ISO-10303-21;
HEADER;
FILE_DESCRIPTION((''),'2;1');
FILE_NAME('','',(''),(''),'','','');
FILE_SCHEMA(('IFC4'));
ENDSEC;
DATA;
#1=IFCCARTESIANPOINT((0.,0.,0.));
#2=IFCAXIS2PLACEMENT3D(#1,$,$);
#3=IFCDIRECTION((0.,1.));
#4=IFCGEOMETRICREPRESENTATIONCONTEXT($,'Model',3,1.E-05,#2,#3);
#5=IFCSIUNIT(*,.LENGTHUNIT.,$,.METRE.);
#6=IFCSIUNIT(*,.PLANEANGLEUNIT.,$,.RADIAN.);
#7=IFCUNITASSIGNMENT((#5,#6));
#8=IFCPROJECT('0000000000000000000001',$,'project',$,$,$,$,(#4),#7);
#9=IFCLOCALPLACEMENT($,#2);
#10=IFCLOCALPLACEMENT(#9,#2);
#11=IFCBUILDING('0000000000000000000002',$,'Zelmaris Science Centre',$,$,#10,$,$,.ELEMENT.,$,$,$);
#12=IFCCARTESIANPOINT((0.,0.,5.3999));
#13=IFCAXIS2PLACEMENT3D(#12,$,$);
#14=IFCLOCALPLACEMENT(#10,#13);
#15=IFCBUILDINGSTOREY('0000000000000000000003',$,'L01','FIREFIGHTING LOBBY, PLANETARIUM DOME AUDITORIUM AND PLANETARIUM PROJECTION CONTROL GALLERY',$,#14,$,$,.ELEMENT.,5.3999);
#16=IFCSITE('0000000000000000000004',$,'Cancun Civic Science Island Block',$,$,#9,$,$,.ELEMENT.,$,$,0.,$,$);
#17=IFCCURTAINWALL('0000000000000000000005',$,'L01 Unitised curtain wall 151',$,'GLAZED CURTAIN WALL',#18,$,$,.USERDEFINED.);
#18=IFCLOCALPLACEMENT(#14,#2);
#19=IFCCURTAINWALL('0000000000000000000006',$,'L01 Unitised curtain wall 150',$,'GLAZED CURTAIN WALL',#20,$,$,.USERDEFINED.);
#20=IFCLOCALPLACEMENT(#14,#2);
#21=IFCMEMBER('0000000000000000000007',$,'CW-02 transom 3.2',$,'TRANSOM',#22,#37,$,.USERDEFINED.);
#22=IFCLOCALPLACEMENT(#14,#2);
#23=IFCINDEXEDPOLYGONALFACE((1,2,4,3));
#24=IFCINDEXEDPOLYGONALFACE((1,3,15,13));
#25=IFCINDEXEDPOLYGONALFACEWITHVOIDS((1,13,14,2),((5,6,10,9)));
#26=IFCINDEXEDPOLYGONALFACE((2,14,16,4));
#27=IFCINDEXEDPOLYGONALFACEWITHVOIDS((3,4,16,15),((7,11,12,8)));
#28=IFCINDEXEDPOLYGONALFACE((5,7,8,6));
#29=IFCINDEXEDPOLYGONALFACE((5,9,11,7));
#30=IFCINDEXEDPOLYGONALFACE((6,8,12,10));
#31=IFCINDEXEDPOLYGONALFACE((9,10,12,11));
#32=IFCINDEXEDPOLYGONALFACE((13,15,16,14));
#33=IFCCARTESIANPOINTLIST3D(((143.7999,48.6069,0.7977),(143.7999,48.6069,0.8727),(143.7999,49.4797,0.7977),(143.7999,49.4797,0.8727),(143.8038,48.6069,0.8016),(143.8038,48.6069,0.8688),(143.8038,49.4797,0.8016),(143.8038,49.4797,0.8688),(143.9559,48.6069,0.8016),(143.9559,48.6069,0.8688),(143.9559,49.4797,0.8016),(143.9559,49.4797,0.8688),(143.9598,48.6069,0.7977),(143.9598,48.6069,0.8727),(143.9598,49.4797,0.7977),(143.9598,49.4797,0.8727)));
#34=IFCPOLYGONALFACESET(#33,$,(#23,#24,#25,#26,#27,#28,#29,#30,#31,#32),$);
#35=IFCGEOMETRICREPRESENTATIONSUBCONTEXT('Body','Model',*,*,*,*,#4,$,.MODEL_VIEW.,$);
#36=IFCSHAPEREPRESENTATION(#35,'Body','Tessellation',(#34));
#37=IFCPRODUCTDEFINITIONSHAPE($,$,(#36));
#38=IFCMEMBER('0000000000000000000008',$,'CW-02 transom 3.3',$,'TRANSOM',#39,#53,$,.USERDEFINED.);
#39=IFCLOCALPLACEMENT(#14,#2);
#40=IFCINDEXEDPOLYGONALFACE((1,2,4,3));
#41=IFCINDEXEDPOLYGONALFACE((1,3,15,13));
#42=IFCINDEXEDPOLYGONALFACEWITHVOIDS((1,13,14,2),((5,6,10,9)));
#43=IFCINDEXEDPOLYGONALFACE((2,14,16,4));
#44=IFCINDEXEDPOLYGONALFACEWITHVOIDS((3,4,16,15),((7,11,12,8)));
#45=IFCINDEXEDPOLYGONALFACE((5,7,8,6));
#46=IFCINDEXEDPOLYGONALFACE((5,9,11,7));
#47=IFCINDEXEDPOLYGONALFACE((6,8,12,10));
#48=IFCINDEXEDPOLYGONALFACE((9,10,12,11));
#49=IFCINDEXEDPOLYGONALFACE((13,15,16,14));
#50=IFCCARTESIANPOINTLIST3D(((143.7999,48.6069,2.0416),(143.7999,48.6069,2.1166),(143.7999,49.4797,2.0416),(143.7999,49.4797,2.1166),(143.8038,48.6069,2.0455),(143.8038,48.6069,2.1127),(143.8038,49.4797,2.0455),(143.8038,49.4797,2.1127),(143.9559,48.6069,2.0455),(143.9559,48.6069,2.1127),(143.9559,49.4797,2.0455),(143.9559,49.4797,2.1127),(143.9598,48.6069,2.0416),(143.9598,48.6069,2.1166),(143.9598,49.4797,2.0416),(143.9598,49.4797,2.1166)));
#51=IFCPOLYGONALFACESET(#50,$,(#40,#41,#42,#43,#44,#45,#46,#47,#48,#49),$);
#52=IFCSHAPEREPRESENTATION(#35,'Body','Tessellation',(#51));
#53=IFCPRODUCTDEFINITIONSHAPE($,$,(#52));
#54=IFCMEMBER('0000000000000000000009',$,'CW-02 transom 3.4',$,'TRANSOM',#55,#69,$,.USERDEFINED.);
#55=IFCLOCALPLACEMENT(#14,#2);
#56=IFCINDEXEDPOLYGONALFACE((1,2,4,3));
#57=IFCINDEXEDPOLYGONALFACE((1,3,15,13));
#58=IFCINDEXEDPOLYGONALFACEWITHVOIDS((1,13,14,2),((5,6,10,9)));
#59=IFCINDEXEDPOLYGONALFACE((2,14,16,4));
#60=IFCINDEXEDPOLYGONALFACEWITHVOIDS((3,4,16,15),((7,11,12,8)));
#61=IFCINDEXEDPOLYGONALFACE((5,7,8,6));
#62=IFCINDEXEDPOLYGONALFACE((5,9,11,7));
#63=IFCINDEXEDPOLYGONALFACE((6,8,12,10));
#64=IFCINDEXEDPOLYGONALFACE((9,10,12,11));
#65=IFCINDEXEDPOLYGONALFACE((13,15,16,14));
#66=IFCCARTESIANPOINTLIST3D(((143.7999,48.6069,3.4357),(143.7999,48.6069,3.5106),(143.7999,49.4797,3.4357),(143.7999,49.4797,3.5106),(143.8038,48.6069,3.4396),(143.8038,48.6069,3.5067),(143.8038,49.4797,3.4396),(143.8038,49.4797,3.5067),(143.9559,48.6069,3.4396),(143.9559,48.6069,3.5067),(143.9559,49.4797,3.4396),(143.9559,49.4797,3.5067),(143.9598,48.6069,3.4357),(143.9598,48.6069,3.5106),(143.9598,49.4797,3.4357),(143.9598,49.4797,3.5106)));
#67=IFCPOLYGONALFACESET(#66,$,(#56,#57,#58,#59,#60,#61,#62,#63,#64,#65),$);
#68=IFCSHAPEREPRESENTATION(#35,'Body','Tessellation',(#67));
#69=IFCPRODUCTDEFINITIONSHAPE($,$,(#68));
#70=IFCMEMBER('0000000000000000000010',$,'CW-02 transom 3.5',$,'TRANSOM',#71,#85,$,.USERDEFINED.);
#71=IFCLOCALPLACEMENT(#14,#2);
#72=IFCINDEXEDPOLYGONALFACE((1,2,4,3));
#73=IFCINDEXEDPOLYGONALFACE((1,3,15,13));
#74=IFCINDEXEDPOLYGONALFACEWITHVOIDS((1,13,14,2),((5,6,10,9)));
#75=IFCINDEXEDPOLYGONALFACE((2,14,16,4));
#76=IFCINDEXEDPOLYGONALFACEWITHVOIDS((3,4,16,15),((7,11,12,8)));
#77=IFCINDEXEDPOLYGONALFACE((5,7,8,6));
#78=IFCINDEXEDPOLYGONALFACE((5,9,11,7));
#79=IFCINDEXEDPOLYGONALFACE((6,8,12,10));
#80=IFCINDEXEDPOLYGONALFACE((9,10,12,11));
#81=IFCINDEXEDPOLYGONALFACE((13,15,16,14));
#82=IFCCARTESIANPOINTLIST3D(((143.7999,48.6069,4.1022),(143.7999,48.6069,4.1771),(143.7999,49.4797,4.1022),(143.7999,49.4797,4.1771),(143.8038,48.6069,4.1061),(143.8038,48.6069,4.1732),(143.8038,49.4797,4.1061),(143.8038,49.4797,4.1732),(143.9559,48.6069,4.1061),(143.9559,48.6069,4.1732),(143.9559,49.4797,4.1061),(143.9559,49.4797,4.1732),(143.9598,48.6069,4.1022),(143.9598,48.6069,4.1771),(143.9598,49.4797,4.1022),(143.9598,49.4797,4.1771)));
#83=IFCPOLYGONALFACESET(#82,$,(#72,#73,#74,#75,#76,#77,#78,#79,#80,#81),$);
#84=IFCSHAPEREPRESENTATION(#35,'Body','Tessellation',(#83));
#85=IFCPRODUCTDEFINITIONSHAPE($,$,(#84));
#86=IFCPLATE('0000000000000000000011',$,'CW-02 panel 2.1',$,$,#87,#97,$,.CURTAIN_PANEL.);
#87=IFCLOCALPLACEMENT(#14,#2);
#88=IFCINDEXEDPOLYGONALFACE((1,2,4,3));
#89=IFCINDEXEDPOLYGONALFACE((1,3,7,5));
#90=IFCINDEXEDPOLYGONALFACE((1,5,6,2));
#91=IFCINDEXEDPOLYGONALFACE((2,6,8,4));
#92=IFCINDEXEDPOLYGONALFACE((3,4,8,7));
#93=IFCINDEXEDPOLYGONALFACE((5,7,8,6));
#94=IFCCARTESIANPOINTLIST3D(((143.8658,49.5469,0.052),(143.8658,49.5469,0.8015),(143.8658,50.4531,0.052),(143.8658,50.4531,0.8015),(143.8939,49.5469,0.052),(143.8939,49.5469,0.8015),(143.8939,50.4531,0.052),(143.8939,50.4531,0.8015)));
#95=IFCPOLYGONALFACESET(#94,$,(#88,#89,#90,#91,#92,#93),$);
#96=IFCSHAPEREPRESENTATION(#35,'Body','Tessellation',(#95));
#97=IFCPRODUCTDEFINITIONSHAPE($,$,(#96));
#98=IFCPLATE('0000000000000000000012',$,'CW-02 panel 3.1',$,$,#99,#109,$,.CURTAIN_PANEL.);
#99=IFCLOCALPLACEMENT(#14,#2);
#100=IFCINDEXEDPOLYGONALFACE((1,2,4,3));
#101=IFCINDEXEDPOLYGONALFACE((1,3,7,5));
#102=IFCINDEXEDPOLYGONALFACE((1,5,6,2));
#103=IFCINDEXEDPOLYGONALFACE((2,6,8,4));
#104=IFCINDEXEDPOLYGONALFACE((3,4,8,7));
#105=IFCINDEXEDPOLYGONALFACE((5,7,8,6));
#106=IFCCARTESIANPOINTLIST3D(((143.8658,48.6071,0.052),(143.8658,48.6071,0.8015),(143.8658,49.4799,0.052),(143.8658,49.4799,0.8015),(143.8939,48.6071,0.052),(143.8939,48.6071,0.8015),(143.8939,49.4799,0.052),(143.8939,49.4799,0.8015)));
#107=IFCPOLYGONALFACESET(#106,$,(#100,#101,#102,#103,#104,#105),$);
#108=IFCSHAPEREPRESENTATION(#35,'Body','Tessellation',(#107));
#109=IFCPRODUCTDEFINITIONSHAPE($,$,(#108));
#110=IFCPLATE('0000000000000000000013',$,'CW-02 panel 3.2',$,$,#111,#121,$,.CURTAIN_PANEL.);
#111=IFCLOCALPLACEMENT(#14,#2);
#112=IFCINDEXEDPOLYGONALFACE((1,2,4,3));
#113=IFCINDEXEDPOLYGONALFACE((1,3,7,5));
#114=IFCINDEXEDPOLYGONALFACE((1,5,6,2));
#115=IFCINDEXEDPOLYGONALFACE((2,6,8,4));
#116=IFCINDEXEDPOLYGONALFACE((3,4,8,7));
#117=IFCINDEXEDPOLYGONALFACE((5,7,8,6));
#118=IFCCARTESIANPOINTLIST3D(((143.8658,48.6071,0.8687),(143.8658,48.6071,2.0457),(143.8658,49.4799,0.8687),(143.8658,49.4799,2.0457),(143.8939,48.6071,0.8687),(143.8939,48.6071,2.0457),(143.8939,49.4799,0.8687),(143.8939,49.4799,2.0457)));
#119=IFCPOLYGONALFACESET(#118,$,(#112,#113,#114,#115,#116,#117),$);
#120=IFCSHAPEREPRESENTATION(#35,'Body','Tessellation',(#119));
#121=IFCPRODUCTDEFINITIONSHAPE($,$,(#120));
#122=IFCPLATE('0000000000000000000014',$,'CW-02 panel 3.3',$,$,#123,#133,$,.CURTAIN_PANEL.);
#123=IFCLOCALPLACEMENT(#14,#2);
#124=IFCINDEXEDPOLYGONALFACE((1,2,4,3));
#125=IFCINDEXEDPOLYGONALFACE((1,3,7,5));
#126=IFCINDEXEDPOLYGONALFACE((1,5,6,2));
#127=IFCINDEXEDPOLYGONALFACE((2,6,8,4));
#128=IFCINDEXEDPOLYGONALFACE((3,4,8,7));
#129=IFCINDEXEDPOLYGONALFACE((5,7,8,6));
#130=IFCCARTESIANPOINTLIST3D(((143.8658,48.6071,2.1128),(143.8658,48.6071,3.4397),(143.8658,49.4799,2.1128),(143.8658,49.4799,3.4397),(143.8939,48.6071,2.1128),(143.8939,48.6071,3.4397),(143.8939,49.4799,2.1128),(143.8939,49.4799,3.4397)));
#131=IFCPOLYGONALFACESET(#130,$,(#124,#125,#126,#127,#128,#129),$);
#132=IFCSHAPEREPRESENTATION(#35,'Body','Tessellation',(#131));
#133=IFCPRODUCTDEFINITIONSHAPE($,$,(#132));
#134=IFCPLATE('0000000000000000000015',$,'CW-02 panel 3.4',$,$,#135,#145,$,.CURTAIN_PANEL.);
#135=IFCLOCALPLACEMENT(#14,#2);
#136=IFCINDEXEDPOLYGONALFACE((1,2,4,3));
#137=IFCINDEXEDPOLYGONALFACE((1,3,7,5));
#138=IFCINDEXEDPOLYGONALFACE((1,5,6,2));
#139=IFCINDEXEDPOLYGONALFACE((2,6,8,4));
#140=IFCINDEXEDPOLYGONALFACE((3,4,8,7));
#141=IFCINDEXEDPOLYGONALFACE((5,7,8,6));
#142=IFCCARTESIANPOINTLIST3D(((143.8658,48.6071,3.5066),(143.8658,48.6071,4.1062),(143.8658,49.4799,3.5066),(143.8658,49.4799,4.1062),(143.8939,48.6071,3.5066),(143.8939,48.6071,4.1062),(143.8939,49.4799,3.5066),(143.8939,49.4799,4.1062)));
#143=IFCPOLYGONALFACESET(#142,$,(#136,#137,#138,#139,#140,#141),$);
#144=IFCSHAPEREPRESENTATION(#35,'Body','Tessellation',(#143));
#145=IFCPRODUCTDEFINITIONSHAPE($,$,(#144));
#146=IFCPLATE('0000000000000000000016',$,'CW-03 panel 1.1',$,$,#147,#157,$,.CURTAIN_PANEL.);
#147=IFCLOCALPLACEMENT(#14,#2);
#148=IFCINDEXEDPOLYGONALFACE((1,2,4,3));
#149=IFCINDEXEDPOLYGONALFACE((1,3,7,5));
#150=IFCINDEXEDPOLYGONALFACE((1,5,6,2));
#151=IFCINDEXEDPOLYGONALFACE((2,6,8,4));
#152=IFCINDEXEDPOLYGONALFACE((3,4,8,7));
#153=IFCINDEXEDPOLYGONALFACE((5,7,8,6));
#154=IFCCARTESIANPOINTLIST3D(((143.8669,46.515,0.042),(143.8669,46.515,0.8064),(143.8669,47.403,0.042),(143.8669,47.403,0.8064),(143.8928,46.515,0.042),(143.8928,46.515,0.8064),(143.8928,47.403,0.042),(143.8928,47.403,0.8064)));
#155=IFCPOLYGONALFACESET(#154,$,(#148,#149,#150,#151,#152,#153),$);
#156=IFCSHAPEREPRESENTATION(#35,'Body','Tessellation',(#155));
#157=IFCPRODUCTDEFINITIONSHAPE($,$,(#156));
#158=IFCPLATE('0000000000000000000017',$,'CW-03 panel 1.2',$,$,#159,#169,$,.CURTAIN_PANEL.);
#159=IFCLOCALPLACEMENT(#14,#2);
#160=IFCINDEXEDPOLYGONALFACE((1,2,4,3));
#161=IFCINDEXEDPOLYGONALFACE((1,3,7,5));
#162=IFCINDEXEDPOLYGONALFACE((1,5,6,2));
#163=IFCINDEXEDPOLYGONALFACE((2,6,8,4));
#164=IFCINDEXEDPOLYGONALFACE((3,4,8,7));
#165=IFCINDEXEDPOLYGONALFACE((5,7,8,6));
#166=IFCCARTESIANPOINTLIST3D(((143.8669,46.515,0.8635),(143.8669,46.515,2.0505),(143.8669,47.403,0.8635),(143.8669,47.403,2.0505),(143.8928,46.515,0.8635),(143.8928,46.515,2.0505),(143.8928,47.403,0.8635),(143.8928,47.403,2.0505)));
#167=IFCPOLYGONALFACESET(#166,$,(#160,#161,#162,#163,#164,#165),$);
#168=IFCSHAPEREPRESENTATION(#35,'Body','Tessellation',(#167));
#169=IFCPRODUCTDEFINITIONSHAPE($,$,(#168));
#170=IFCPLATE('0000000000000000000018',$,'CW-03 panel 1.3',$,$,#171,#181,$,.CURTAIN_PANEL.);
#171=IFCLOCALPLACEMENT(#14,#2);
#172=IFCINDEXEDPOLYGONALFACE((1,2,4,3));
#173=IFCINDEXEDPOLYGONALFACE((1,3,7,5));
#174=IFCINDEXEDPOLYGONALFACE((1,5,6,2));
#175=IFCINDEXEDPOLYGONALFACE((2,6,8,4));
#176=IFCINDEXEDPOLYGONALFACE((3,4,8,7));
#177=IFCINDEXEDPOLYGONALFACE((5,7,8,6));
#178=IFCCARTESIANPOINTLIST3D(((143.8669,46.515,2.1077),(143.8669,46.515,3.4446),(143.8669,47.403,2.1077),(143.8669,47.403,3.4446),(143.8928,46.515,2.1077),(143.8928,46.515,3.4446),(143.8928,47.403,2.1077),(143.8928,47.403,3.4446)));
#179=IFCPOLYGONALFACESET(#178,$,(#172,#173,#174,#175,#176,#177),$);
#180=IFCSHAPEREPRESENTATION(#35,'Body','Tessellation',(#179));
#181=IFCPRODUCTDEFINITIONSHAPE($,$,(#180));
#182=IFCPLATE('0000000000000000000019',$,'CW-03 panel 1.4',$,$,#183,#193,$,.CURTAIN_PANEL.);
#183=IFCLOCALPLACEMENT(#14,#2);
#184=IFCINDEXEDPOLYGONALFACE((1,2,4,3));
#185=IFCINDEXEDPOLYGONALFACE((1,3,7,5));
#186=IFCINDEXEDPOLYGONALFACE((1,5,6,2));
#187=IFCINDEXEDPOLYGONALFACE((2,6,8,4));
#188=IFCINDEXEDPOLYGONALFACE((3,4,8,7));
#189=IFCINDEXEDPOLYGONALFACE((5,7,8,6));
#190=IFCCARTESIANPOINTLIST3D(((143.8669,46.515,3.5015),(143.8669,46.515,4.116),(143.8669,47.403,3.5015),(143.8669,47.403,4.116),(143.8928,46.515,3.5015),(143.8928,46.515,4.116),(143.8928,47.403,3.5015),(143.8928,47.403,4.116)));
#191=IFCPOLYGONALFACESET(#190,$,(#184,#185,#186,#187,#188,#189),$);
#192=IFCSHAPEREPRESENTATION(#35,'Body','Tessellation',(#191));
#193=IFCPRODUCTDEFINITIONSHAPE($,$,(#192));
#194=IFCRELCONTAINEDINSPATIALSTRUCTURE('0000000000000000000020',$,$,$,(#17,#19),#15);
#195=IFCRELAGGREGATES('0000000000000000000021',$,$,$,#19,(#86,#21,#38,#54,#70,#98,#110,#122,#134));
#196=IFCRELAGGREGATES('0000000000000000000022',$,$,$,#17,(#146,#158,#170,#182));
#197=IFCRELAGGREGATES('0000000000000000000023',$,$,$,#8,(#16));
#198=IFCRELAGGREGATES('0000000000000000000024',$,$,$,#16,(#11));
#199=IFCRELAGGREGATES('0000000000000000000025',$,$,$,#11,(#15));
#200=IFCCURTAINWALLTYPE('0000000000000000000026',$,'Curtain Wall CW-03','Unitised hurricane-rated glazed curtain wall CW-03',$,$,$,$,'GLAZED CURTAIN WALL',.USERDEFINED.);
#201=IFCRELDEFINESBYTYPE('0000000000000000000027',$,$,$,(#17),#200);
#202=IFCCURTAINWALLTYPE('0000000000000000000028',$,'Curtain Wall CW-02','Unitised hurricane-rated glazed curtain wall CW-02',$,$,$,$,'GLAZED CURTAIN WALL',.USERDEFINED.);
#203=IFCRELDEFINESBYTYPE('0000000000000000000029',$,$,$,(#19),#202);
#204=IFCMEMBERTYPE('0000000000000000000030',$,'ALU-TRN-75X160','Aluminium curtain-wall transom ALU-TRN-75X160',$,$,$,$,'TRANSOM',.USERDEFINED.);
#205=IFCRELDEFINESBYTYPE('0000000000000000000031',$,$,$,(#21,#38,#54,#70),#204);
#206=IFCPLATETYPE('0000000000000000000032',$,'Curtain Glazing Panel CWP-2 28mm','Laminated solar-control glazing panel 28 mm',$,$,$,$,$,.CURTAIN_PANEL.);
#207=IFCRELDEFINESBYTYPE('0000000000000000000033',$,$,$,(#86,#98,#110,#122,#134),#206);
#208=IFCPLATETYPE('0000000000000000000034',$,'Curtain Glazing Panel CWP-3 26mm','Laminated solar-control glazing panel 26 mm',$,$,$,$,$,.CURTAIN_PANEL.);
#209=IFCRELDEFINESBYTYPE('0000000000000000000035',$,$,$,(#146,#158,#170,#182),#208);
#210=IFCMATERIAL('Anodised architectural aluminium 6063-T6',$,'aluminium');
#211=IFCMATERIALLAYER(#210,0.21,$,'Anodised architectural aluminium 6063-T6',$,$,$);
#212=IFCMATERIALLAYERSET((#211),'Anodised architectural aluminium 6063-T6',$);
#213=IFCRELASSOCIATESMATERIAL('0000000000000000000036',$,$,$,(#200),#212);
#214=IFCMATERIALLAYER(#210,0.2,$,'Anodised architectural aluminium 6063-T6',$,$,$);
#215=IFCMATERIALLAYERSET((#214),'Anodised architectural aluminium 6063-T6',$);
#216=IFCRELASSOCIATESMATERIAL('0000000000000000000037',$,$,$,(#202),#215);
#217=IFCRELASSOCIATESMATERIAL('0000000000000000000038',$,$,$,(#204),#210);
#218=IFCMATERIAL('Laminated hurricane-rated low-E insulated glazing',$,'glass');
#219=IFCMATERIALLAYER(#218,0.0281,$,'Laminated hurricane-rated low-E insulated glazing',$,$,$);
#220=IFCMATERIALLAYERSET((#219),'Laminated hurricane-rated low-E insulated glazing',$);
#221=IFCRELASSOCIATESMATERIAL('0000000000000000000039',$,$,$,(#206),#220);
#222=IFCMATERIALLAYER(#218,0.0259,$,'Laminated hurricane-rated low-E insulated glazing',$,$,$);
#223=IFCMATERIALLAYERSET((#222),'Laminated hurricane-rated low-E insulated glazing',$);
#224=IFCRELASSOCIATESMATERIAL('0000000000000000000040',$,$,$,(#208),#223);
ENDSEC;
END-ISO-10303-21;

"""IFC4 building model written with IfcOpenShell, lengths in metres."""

from ifc_helpers import new_model, si_unit, direction, frame, origin, origin_2d, place, context, subcontext, project, spatial, rectangle, hollow_rectangle, extrude, material, layer, layer_set, material_profile, profile_set, type_object, element, aggregate, save


model = new_model("IFC4")

# Units and contexts
model_context = context("Model", 3, precision=1e-05, world=origin(), true_north=direction((0.0, 1.0)))
body_context = subcontext(model_context, "Body", "Model", "MODEL_VIEW")
ifc_project = project(units=[si_unit("LENGTHUNIT", "METRE"), si_unit("PLANEANGLEUNIT", "RADIAN")], contexts=[model_context])

# Site, building, storey
site_placement = place(None, origin())
site = spatial("IfcSite", under=ifc_project, at=site_placement, Name="Cancun Civic Science Island Block", CompositionType="ELEMENT", RefElevation=0.0)
building_placement = place(site_placement, origin())
building = spatial("IfcBuilding", under=site, at=building_placement, Name="Zelmaris Science Centre", CompositionType="ELEMENT")
storey_placement = place(building_placement, frame((0.0, 0.0, 5.3999)))
storey = spatial("IfcBuildingStorey", under=building, at=storey_placement, Name="L01", Description="FIREFIGHTING LOBBY, PLANETARIUM DOME AUDITORIUM AND PLANETARIUM PROJECTION CONTROL GALLERY", CompositionType="ELEMENT", Elevation=5.3999)

# Curtain walls
ifc_material_1 = material(Name="Anodised architectural aluminium 6063-T6", Category="aluminium")
ifc_layer_1 = layer(ifc_material_1, 0.21, Name="Anodised architectural aluminium 6063-T6")
ifc_layer_set_1 = layer_set([ifc_layer_1], Name="Anodised architectural aluminium 6063-T6")
curtain_wall_type_1 = type_object("IfcCurtainWallType", Name="Curtain Wall CW-03", Description="Unitised hurricane-rated glazed curtain wall CW-03", ElementType="GLAZED CURTAIN WALL", PredefinedType="USERDEFINED", material=ifc_layer_set_1)
curtain_wall_1_placement = place(storey_placement, origin())
curtain_wall_1 = element("IfcCurtainWall", 1, at=curtain_wall_1_placement, inside=storey, type_object=curtain_wall_type_1, Name="L01 Unitised curtain wall 151", ObjectType="GLAZED CURTAIN WALL", PredefinedType="USERDEFINED")
ifc_layer_2 = layer(ifc_material_1, 0.2, Name="Anodised architectural aluminium 6063-T6")
ifc_layer_set_2 = layer_set([ifc_layer_2], Name="Anodised architectural aluminium 6063-T6")
curtain_wall_type_2 = type_object("IfcCurtainWallType", Name="Curtain Wall CW-02", Description="Unitised hurricane-rated glazed curtain wall CW-02", ElementType="GLAZED CURTAIN WALL", PredefinedType="USERDEFINED", material=ifc_layer_set_2)
curtain_wall_2_placement = place(storey_placement, origin())
curtain_wall_2 = element("IfcCurtainWall", 2, at=curtain_wall_2_placement, inside=storey, type_object=curtain_wall_type_2, Name="L01 Unitised curtain wall 150", ObjectType="GLAZED CURTAIN WALL", PredefinedType="USERDEFINED")

# Members
ifc_material_profile_1 = material_profile(ifc_material_1, hollow_rectangle(XDim=0.075, YDim=0.1599, WallThickness=0.0039, at=origin_2d()), Name="ALU-TRN-75X160")
ifc_profile_set_1 = profile_set([ifc_material_profile_1], Name="Anodised architectural aluminium 6063-T6")
member_type_1 = type_object("IfcMemberType", Name="ALU-TRN-75X160", Description="Aluminium curtain-wall transom ALU-TRN-75X160", ElementType="TRANSOM", PredefinedType="USERDEFINED", material=ifc_profile_set_1)
member_1_placement = place(storey_placement, frame((143.8799, 49.4797, 0.8352), z_axis=(0.0, -1.0, 0.0), x_axis=(0.0, 0.0, 1.0)))
member_1 = element("IfcMember", 3, at=member_1_placement, type_object=member_type_1, Name="CW-02 transom 3.2", ObjectType="TRANSOM", PredefinedType="USERDEFINED", context=body_context, shape_type="SweptSolid", body=[
    extrude(hollow_rectangle(XDim=0.075, YDim=0.1599, WallThickness=0.0039, at=origin_2d()), origin(), (0.0, 0.0, 1.0), 0.8728),
])
member_2_placement = place(storey_placement, frame((143.8799, 49.4797, 2.0791), z_axis=(0.0, -1.0, 0.0), x_axis=(0.0, 0.0, 1.0)))
member_2 = element("IfcMember", 4, at=member_2_placement, type_object=member_type_1, Name="CW-02 transom 3.3", ObjectType="TRANSOM", PredefinedType="USERDEFINED", context=body_context, shape_type="SweptSolid", body=[
    extrude(hollow_rectangle(XDim=0.075, YDim=0.1599, WallThickness=0.0039, at=origin_2d()), origin(), (0.0, 0.0, 1.0), 0.8728),
])
member_3_placement = place(storey_placement, frame((143.8799, 49.4797, 3.4731), z_axis=(0.0, -1.0, 0.0), x_axis=(0.0, 0.0, 1.0)))
member_3 = element("IfcMember", 5, at=member_3_placement, type_object=member_type_1, Name="CW-02 transom 3.4", ObjectType="TRANSOM", PredefinedType="USERDEFINED", context=body_context, shape_type="SweptSolid", body=[
    extrude(hollow_rectangle(XDim=0.075, YDim=0.1599, WallThickness=0.0039, at=origin_2d()), origin(), (0.0, 0.0, 1.0), 0.8728),
])
member_4_placement = place(storey_placement, frame((143.8799, 49.4797, 4.1396), z_axis=(0.0, -1.0, 0.0), x_axis=(0.0, 0.0, 1.0)))
member_4 = element("IfcMember", 6, at=member_4_placement, type_object=member_type_1, Name="CW-02 transom 3.5", ObjectType="TRANSOM", PredefinedType="USERDEFINED", context=body_context, shape_type="SweptSolid", body=[
    extrude(hollow_rectangle(XDim=0.075, YDim=0.1599, WallThickness=0.0039, at=origin_2d()), origin(), (0.0, 0.0, 1.0), 0.8728),
])

# Plates
ifc_material_2 = material(Name="Laminated hurricane-rated low-E insulated glazing", Category="glass")
ifc_layer_3 = layer(ifc_material_2, 0.0281, Name="Laminated hurricane-rated low-E insulated glazing")
ifc_layer_set_3 = layer_set([ifc_layer_3], Name="Laminated hurricane-rated low-E insulated glazing")
plate_type_1 = type_object("IfcPlateType", Name="Curtain Glazing Panel CWP-2 28mm", Description="Laminated solar-control glazing panel 28 mm", PredefinedType="CURTAIN_PANEL", material=ifc_layer_set_3)
plate_1_placement = place(storey_placement, frame((143.8799, 50.0, 0.052), z_axis=(0.0, 0.0, 1.0), x_axis=(0.0, -1.0, 0.0)))
plate_1 = element("IfcPlate", 7, at=plate_1_placement, type_object=plate_type_1, Name="CW-02 panel 2.1", PredefinedType="CURTAIN_PANEL", context=body_context, shape_type="SweptSolid", body=[
    extrude(rectangle(XDim=0.9062, YDim=0.0281, at=origin_2d()), origin(), (0.0, 0.0, 1.0), 0.7495),
])
plate_2_placement = place(storey_placement, frame((143.8799, 49.0435, 0.052), z_axis=(0.0, 0.0, 1.0), x_axis=(0.0, -1.0, 0.0)))
plate_2 = element("IfcPlate", 8, at=plate_2_placement, type_object=plate_type_1, Name="CW-02 panel 3.1", PredefinedType="CURTAIN_PANEL", context=body_context, shape_type="SweptSolid", body=[
    extrude(rectangle(XDim=0.8728, YDim=0.0281, at=origin_2d()), origin(), (0.0, 0.0, 1.0), 0.7495),
])
plate_3_placement = place(storey_placement, frame((143.8799, 49.0435, 0.8687), z_axis=(0.0, 0.0, 1.0), x_axis=(0.0, -1.0, 0.0)))
plate_3 = element("IfcPlate", 9, at=plate_3_placement, type_object=plate_type_1, Name="CW-02 panel 3.2", PredefinedType="CURTAIN_PANEL", context=body_context, shape_type="SweptSolid", body=[
    extrude(rectangle(XDim=0.8728, YDim=0.0281, at=origin_2d()), origin(), (0.0, 0.0, 1.0), 1.177),
])
plate_4_placement = place(storey_placement, frame((143.8799, 49.0435, 2.1128), z_axis=(0.0, 0.0, 1.0), x_axis=(0.0, -1.0, 0.0)))
plate_4 = element("IfcPlate", 10, at=plate_4_placement, type_object=plate_type_1, Name="CW-02 panel 3.3", PredefinedType="CURTAIN_PANEL", context=body_context, shape_type="SweptSolid", body=[
    extrude(rectangle(XDim=0.8728, YDim=0.0281, at=origin_2d()), origin(), (0.0, 0.0, 1.0), 1.3269),
])
plate_5_placement = place(storey_placement, frame((143.8799, 49.0435, 3.5066), z_axis=(0.0, 0.0, 1.0), x_axis=(0.0, -1.0, 0.0)))
plate_5 = element("IfcPlate", 11, at=plate_5_placement, type_object=plate_type_1, Name="CW-02 panel 3.4", PredefinedType="CURTAIN_PANEL", context=body_context, shape_type="SweptSolid", body=[
    extrude(rectangle(XDim=0.8728, YDim=0.0281, at=origin_2d()), origin(), (0.0, 0.0, 1.0), 0.5996),
])
aggregate(curtain_wall_2, [plate_1, member_1, member_2, member_3, member_4, plate_2, plate_3, plate_4, plate_5])
ifc_layer_4 = layer(ifc_material_2, 0.0259, Name="Laminated hurricane-rated low-E insulated glazing")
ifc_layer_set_4 = layer_set([ifc_layer_4], Name="Laminated hurricane-rated low-E insulated glazing")
plate_type_2 = type_object("IfcPlateType", Name="Curtain Glazing Panel CWP-3 26mm", Description="Laminated solar-control glazing panel 26 mm", PredefinedType="CURTAIN_PANEL", material=ifc_layer_set_4)
plate_6_placement = place(storey_placement, frame((143.8799, 46.959, 0.042), z_axis=(0.0, 0.0, 1.0), x_axis=(0.0, -1.0, 0.0)))
plate_6 = element("IfcPlate", 12, at=plate_6_placement, type_object=plate_type_2, Name="CW-03 panel 1.1", PredefinedType="CURTAIN_PANEL", context=body_context, shape_type="SweptSolid", body=[
    extrude(rectangle(XDim=0.8879, YDim=0.0259, at=origin_2d()), origin(), (0.0, 0.0, 1.0), 0.7644),
])
plate_7_placement = place(storey_placement, frame((143.8799, 46.959, 0.8635), z_axis=(0.0, 0.0, 1.0), x_axis=(0.0, -1.0, 0.0)))
plate_7 = element("IfcPlate", 13, at=plate_7_placement, type_object=plate_type_2, Name="CW-03 panel 1.2", PredefinedType="CURTAIN_PANEL", context=body_context, shape_type="SweptSolid", body=[
    extrude(rectangle(XDim=0.8879, YDim=0.0259, at=origin_2d()), origin(), (0.0, 0.0, 1.0), 1.187),
])
plate_8_placement = place(storey_placement, frame((143.8799, 46.959, 2.1077), z_axis=(0.0, 0.0, 1.0), x_axis=(0.0, -1.0, 0.0)))
plate_8 = element("IfcPlate", 14, at=plate_8_placement, type_object=plate_type_2, Name="CW-03 panel 1.3", PredefinedType="CURTAIN_PANEL", context=body_context, shape_type="SweptSolid", body=[
    extrude(rectangle(XDim=0.8879, YDim=0.0259, at=origin_2d()), origin(), (0.0, 0.0, 1.0), 1.3369),
])
plate_9_placement = place(storey_placement, frame((143.8799, 46.959, 3.5015), z_axis=(0.0, 0.0, 1.0), x_axis=(0.0, -1.0, 0.0)))
plate_9 = element("IfcPlate", 15, at=plate_9_placement, type_object=plate_type_2, Name="CW-03 panel 1.4", PredefinedType="CURTAIN_PANEL", context=body_context, shape_type="SweptSolid", body=[
    extrude(rectangle(XDim=0.8879, YDim=0.0259, at=origin_2d()), origin(), (0.0, 0.0, 1.0), 0.6145),
])
aggregate(curtain_wall_1, [plate_6, plate_7, plate_8, plate_9])

save(model, "model.ifc")
